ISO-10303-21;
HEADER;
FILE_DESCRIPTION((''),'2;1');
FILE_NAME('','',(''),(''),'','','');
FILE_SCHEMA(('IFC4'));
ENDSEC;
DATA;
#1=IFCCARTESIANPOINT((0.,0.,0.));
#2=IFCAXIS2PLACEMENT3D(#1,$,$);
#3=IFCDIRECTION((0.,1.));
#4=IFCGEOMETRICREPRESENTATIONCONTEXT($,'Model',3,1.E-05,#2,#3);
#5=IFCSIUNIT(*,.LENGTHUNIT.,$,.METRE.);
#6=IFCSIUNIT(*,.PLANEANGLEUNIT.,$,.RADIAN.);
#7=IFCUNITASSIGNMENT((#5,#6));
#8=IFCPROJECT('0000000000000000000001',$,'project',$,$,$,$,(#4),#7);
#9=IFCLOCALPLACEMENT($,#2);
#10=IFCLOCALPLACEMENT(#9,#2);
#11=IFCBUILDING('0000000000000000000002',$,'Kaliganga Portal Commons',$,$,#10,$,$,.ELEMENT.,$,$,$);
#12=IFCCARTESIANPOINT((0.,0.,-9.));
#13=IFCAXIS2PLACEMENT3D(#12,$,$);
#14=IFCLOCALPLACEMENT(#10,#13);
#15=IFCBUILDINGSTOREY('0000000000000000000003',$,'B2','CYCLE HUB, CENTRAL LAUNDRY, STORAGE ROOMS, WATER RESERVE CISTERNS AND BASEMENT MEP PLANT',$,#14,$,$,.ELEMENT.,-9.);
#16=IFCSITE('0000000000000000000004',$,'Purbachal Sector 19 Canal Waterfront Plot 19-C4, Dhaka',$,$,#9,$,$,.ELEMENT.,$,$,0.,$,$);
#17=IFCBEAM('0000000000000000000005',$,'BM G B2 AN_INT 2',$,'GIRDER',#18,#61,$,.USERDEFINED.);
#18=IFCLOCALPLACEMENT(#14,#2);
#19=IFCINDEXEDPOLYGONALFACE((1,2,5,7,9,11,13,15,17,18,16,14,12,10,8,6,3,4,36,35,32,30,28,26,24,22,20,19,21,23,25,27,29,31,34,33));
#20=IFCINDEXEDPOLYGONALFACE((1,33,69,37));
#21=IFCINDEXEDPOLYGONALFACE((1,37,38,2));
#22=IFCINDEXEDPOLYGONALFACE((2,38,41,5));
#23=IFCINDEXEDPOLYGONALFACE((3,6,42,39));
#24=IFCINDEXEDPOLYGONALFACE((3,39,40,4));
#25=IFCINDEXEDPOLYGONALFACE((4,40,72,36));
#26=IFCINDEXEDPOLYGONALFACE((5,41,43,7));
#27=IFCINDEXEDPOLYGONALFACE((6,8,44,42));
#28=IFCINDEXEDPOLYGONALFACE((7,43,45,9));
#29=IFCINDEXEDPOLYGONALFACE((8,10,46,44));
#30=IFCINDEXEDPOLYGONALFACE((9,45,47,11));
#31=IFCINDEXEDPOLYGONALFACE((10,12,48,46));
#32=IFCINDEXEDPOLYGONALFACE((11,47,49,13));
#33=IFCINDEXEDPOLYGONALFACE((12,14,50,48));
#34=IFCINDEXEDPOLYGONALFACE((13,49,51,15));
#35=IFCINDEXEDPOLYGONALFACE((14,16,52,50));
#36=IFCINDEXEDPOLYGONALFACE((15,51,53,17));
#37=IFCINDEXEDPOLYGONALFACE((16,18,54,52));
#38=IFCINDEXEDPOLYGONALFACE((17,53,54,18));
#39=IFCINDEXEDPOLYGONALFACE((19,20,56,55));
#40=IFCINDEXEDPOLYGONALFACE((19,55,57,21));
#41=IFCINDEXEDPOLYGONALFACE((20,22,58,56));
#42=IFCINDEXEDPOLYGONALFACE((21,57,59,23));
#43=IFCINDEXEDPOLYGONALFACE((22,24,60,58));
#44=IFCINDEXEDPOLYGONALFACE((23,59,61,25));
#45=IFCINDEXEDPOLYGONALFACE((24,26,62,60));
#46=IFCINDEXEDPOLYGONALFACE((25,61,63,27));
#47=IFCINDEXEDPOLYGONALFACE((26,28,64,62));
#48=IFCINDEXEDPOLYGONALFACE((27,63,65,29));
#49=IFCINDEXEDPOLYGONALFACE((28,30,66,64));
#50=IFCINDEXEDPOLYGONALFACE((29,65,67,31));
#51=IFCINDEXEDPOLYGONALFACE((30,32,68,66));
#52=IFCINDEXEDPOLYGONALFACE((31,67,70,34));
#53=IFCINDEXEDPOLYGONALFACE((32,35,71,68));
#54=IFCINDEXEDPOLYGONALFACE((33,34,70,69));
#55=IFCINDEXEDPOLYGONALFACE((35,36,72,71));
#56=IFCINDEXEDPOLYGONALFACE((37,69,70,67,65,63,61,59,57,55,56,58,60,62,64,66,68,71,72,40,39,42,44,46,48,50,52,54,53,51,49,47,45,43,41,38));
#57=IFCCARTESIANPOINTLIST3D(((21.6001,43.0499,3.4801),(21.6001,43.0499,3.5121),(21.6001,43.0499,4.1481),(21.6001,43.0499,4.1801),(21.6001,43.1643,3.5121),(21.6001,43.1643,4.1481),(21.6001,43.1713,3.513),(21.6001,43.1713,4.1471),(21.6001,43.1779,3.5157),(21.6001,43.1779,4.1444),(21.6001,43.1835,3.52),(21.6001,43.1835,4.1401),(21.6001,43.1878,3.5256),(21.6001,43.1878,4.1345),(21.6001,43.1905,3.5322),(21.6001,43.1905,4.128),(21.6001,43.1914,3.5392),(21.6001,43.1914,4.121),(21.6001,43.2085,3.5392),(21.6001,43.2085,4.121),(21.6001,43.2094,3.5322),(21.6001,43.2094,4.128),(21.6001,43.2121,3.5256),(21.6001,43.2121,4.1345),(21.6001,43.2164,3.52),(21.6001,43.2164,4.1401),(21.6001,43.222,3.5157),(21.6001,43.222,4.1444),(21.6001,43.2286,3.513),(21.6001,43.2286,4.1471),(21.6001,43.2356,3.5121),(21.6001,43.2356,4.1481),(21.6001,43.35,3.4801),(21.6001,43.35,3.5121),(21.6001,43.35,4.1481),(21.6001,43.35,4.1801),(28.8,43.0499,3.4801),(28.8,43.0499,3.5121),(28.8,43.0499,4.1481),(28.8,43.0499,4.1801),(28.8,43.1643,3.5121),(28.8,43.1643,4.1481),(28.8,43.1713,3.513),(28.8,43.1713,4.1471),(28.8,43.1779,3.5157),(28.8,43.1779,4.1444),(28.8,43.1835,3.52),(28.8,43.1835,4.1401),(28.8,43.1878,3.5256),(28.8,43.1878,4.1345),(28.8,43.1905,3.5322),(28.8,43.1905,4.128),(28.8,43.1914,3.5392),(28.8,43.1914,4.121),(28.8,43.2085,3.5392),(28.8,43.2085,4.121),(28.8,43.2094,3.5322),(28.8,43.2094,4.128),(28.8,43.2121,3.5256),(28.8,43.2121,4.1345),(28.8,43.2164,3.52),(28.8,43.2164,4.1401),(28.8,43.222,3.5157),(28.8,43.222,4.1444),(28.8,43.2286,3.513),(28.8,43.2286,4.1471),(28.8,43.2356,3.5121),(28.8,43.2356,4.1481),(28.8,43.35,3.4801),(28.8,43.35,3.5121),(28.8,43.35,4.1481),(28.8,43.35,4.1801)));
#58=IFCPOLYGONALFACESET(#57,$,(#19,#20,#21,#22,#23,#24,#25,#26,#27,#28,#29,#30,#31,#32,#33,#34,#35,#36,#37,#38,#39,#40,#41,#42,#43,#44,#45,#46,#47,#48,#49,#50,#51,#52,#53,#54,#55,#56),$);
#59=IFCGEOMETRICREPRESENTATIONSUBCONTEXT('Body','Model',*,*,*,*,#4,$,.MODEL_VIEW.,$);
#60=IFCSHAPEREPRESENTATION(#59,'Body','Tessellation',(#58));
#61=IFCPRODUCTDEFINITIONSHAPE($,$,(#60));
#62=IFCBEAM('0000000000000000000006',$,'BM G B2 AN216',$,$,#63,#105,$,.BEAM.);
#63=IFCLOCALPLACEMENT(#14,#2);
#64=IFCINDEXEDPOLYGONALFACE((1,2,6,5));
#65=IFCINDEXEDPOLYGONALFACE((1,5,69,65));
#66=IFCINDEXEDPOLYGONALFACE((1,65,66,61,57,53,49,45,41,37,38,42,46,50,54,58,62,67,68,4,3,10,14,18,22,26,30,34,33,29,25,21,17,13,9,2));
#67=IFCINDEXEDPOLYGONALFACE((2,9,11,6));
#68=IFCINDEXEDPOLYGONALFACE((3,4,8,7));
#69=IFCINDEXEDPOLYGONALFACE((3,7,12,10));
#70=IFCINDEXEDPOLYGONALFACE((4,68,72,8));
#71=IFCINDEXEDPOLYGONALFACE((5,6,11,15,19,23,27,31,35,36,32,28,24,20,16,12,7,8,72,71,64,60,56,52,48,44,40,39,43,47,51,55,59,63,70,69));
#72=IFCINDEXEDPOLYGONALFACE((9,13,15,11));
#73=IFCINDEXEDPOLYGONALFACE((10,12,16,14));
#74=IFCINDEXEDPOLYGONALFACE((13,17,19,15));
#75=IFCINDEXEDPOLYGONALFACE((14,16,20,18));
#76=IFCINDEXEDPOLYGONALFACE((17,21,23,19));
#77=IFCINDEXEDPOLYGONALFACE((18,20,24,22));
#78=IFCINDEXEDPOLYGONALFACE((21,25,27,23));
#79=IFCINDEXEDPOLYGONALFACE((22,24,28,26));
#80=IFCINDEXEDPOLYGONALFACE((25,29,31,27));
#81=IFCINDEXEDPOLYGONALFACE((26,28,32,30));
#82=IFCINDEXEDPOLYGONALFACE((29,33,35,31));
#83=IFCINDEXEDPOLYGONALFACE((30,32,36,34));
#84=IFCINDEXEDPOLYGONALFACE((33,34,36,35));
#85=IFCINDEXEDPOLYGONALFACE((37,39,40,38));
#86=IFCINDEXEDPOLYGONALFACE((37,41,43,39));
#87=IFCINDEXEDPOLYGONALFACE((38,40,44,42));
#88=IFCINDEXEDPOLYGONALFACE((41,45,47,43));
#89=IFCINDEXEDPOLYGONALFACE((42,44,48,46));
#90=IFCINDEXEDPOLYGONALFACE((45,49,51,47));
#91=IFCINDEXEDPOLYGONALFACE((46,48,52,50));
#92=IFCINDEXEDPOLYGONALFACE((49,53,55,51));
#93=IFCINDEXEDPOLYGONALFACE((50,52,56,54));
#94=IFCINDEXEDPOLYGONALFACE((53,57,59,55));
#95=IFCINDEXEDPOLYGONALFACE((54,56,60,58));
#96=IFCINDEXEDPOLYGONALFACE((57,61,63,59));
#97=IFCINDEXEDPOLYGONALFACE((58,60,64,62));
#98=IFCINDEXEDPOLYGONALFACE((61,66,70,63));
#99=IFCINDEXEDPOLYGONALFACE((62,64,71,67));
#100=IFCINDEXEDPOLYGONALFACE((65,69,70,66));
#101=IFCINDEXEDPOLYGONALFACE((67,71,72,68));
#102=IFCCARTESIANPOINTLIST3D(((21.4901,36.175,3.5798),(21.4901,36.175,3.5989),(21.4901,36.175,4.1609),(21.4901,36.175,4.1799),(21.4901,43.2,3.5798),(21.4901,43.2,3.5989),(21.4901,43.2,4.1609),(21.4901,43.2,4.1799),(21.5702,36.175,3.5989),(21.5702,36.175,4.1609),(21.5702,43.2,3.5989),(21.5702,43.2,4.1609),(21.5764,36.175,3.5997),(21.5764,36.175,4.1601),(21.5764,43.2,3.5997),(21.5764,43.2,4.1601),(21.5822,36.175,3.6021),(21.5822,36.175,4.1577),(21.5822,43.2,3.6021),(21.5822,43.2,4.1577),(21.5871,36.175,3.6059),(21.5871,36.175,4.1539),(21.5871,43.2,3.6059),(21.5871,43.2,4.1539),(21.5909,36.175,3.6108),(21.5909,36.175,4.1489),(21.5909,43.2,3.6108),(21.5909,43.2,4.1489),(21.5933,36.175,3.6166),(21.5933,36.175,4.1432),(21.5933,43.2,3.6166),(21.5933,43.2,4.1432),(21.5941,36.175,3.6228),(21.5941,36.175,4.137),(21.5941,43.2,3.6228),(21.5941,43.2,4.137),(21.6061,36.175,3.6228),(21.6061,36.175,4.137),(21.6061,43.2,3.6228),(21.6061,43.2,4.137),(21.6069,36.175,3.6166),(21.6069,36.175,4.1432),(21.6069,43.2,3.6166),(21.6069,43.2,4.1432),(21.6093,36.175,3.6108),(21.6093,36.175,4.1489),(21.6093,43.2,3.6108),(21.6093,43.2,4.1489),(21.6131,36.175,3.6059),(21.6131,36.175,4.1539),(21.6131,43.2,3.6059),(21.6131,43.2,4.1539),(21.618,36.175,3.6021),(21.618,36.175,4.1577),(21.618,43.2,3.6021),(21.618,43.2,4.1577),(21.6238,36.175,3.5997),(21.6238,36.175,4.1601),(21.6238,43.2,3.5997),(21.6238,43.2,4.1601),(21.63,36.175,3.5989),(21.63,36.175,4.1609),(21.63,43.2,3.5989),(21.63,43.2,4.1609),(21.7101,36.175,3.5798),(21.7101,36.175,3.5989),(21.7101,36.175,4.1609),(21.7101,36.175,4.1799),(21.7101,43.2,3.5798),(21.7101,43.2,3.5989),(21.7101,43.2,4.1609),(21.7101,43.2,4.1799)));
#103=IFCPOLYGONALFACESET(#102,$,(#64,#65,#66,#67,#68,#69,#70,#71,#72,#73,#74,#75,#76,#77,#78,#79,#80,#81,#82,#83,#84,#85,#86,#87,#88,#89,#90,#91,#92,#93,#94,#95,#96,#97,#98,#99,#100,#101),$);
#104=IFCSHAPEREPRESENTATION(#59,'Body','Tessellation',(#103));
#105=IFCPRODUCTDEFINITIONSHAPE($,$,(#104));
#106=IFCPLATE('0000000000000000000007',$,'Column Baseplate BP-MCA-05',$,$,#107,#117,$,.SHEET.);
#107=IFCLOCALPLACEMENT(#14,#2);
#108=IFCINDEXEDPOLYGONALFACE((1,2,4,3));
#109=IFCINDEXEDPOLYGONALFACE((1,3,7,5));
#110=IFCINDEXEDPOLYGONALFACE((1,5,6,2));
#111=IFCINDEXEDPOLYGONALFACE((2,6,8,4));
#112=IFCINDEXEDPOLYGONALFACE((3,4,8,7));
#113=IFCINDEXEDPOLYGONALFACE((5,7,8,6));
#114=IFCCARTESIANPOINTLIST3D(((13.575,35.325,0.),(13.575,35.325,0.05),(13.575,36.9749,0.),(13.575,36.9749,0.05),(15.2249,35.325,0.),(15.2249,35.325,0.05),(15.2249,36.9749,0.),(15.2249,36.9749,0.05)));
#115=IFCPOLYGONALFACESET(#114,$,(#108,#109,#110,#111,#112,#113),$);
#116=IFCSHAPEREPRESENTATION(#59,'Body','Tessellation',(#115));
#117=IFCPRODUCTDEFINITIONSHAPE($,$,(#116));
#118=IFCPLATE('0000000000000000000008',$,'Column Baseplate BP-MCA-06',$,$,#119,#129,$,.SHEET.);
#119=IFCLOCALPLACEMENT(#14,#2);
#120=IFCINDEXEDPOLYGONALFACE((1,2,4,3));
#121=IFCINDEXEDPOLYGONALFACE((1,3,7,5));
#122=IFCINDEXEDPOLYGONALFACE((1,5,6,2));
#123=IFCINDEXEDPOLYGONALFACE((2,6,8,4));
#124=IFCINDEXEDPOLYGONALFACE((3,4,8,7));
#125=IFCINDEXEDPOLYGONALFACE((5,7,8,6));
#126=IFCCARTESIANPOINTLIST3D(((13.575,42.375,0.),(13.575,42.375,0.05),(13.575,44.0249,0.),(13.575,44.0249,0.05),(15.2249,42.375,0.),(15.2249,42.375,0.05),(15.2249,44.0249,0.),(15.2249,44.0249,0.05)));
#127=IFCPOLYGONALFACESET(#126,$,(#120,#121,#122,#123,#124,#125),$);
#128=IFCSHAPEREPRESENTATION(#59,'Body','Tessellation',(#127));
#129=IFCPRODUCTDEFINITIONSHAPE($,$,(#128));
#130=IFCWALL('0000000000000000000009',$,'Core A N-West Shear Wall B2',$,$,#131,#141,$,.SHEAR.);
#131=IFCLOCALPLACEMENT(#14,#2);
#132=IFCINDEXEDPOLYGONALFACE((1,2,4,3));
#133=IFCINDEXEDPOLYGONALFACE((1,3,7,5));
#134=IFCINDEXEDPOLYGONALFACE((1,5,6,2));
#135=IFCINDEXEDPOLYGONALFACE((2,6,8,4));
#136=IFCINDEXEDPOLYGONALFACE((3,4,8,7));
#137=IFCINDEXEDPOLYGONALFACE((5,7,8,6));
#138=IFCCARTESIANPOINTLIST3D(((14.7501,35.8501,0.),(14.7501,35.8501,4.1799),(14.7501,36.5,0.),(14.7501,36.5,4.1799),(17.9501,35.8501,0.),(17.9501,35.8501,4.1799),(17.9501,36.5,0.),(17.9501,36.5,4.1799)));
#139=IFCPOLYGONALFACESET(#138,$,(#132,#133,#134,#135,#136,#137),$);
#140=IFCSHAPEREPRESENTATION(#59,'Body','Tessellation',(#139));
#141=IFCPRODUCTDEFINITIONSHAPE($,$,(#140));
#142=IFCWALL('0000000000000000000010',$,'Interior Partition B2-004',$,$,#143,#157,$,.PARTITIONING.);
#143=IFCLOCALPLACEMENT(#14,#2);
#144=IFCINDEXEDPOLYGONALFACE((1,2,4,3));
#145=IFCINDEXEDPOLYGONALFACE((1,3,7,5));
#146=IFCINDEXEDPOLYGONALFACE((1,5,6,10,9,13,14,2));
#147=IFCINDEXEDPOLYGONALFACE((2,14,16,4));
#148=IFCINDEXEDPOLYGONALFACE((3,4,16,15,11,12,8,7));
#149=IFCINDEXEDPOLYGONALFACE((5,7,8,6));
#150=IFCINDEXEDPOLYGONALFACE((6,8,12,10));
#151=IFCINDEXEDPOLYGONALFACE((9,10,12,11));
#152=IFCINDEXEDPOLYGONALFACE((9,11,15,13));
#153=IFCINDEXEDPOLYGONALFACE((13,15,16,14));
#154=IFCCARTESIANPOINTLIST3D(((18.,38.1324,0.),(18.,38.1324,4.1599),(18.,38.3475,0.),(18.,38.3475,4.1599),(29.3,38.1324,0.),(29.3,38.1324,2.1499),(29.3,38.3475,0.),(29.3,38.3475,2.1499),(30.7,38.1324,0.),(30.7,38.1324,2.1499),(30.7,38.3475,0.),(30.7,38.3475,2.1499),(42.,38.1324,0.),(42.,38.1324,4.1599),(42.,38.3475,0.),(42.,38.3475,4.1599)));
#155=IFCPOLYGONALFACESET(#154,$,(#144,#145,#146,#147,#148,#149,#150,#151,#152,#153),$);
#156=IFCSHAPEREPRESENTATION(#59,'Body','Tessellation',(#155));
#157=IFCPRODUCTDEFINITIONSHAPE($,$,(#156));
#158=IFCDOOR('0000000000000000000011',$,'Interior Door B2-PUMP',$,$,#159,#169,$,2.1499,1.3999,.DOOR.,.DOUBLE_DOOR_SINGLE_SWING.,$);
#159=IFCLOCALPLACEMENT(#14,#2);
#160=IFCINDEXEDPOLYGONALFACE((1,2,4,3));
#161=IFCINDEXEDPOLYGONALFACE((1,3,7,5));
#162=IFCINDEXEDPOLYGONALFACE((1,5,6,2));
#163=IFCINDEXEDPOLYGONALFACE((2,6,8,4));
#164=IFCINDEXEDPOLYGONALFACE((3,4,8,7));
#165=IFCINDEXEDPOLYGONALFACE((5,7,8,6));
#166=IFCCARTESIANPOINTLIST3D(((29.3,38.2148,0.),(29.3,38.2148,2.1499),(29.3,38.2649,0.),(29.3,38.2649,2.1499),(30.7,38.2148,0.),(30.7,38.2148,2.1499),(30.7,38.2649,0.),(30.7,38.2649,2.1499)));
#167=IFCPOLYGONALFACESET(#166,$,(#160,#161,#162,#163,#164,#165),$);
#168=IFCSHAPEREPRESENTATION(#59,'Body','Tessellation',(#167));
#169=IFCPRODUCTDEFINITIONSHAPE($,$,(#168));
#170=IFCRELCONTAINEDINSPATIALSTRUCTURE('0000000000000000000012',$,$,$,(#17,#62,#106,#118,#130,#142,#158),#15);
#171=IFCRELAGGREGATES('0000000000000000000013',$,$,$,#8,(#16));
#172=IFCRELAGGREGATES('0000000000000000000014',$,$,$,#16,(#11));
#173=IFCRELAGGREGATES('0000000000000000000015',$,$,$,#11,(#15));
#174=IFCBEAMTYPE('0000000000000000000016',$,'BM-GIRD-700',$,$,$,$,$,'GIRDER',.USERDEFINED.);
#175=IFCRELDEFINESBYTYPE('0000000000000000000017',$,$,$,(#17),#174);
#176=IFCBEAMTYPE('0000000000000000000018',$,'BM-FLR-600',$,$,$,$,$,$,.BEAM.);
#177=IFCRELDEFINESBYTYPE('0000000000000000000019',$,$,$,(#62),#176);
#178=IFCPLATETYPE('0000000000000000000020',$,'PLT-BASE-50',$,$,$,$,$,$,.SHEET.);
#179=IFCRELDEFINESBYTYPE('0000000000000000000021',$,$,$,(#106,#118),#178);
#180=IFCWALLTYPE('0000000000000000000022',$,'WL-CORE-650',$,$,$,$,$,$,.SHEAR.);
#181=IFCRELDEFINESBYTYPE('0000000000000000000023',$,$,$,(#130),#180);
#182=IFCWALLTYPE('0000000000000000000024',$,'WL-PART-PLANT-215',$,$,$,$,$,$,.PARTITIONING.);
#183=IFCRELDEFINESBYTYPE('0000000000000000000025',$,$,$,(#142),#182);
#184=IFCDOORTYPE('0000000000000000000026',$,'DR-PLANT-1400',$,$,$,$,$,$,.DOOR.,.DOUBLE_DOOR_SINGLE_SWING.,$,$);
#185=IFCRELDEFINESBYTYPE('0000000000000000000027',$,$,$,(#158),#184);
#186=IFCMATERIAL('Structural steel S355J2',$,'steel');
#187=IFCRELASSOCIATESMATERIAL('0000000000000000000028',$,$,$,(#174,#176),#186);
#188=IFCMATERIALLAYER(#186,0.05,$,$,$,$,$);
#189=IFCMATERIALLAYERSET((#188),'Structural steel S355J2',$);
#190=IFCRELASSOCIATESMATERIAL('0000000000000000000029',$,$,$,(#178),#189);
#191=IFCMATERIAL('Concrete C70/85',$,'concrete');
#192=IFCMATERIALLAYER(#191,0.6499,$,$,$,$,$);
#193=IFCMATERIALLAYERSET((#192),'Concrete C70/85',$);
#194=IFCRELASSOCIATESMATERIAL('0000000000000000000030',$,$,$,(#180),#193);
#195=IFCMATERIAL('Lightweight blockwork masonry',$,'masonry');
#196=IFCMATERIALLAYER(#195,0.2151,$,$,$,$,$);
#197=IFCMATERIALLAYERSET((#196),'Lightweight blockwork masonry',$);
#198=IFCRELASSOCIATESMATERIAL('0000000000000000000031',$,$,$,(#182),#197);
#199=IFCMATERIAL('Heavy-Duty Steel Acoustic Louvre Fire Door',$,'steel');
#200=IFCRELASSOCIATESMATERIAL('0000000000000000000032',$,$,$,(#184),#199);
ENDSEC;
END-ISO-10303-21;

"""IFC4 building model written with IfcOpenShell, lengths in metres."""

from ifc_helpers import new_model, si_unit, direction, frame, frame_2d, origin, origin_2d, place, context, subcontext, project, spatial, rectangle, i_section, extrude, source, transform, mapped, material, layer, layer_set, material_profile, profile_set, type_object, element, fill, save


model = new_model("IFC4")

# Units and contexts
model_context = context("Model", 3, precision=1e-05, world=origin(), true_north=direction((0.0, 1.0)))
body_context = subcontext(model_context, "Body", "Model", "MODEL_VIEW")
ifc_project = project(units=[si_unit("LENGTHUNIT", "METRE"), si_unit("PLANEANGLEUNIT", "RADIAN")], contexts=[model_context])

# Site, building, storey
site_placement = place(None, origin())
site = spatial("IfcSite", under=ifc_project, at=site_placement, Name="Purbachal Sector 19 Canal Waterfront Plot 19-C4, Dhaka", CompositionType="ELEMENT", RefElevation=0.0)
building_placement = place(site_placement, origin())
building = spatial("IfcBuilding", under=site, at=building_placement, Name="Kaliganga Portal Commons", CompositionType="ELEMENT")
storey_placement = place(building_placement, frame((0.0, 0.0, -9.0)))
storey = spatial("IfcBuildingStorey", under=building, at=storey_placement, Name="B2", Description="CYCLE HUB, CENTRAL LAUNDRY, STORAGE ROOMS, WATER RESERVE CISTERNS AND BASEMENT MEP PLANT", CompositionType="ELEMENT", Elevation=-9.0)

# Shared definitions
ifc_material_1 = material(Name="Concrete C70/85", Category="concrete")

# Beams
ifc_material_2 = material(Name="Structural steel S355J2", Category="steel")
ifc_material_profile_1 = material_profile(ifc_material_2, i_section(OverallWidth=0.3, OverallDepth=0.7, WebThickness=0.0171, FlangeThickness=0.032, FilletRadius=0.0271, at=origin_2d()), Name="HE 700 B")
ifc_profile_set_1 = profile_set([ifc_material_profile_1], Name="Structural steel S355J2 wide-flange")
beam_type_1 = type_object("IfcBeamType", Name="BM-GIRD-700", ElementType="GIRDER", PredefinedType="USERDEFINED", material=ifc_profile_set_1)
shared_shape_1 = source(origin(), body_context, "Body", "SweptSolid", [
    extrude(i_section(OverallWidth=0.3, OverallDepth=0.7, WebThickness=0.0171, FlangeThickness=0.032, FilletRadius=0.0271, at=origin_2d()), origin(), (0.0, 0.0, 1.0), 7.2),
])
beam_1_placement = place(storey_placement, frame((21.6001, 43.2, 3.8301), z_axis=(1.0, 0.0, 0.0), x_axis=(0.0, 1.0, 0.0)))
element("IfcBeam", 1, at=beam_1_placement, inside=storey, type_object=beam_type_1, Name="BM G B2 AN_INT 2", ObjectType="GIRDER", PredefinedType="USERDEFINED", context=body_context, shape_type="MappedRepresentation", body=[
    mapped(shared_shape_1, transform((0.0, 0.0, 0.0), x_axis=(1.0, 0.0, 0.0), y_axis=(0.0, 1.0, 0.0), z_axis=(0.0, 0.0, 1.0), scale=1.0)),
])
ifc_material_profile_2 = material_profile(ifc_material_2, i_section(OverallWidth=0.22, OverallDepth=0.6001, WebThickness=0.012, FlangeThickness=0.019, FilletRadius=0.0239, at=origin_2d()), Name="IPE 600")
ifc_profile_set_2 = profile_set([ifc_material_profile_2], Name="Structural steel S355J2 wide-flange")
beam_type_2 = type_object("IfcBeamType", Name="BM-FLR-600", PredefinedType="BEAM", material=ifc_profile_set_2)
shared_shape_2 = source(origin(), body_context, "Body", "SweptSolid", [
    extrude(i_section(OverallWidth=0.22, OverallDepth=0.6001, WebThickness=0.012, FlangeThickness=0.019, FilletRadius=0.0239, at=origin_2d()), origin(), (0.0, 0.0, 1.0), 7.0249),
])
beam_2_placement = place(storey_placement, frame((21.6001, 36.175, 3.8799), z_axis=(0.0, 1.0, 0.0), x_axis=(-1.0, 0.0, 0.0)))
element("IfcBeam", 2, at=beam_2_placement, inside=storey, type_object=beam_type_2, Name="BM G B2 AN216", PredefinedType="BEAM", context=body_context, shape_type="MappedRepresentation", body=[
    mapped(shared_shape_2, transform((0.0, 0.0, 0.0), x_axis=(1.0, 0.0, 0.0), y_axis=(0.0, 1.0, 0.0), z_axis=(0.0, 0.0, 1.0), scale=1.0)),
])

# Plates
ifc_layer_1 = layer(ifc_material_2, 0.05)
ifc_layer_set_1 = layer_set([ifc_layer_1], Name="Structural steel S355J2")
plate_type = type_object("IfcPlateType", Name="PLT-BASE-50", PredefinedType="SHEET", material=ifc_layer_set_1)
shared_shape_3 = source(origin(), body_context, "Body", "SweptSolid", [
    extrude(rectangle(XDim=1.6499, YDim=1.6499, at=origin_2d()), origin(), (0.0, 0.0, 1.0), 0.05),
])
for number, where, z_axis, x_axis, name in (
    (3, (14.3999, 36.1499, 0.0), (0.0, 0.0, 1.0), (1.0, 0.0, 0.0), "Column Baseplate BP-MCA-05"),
    (4, (14.3999, 43.2, 0.0), (0.0, 0.0, 1.0), (1.0, 0.0, 0.0), "Column Baseplate BP-MCA-06"),
):
    element("IfcPlate", number, at=place(storey_placement, frame(where, z_axis=z_axis, x_axis=x_axis)), inside=storey, type_object=plate_type, Name=name, PredefinedType="SHEET", context=body_context, shape_type="MappedRepresentation", body=[
        mapped(shared_shape_3, transform((0.0, 0.0, 0.0), x_axis=(1.0, 0.0, 0.0), y_axis=(0.0, 1.0, 0.0), z_axis=(0.0, 0.0, 1.0), scale=1.0)),
    ])

# Wall
ifc_layer_2 = layer(ifc_material_1, 0.6499)
ifc_layer_set_2 = layer_set([ifc_layer_2], Name="Concrete C70/85")
wall_type_1 = type_object("IfcWallType", Name="WL-CORE-650", PredefinedType="SHEAR", material=ifc_layer_set_2)
wall_1_placement = place(storey_placement, frame((14.75, 36.175, 0.0), z_axis=(0.0, 0.0, 1.0), x_axis=(1.0, 0.0, 0.0)))
element("IfcWall", 5, at=wall_1_placement, inside=storey, type_object=wall_type_1, Name="Core A N-West Shear Wall B2", PredefinedType="SHEAR", context=body_context, shape_type="SweptSolid", body=[
    extrude(rectangle(XDim=3.2, YDim=0.6499, at=frame_2d((1.6001, 0.0))), origin(), (0.0, 0.0, 1.0), 4.1799),
])

# Wall, opening, door
ifc_material_3 = material(Name="Lightweight blockwork masonry", Category="masonry")
ifc_layer_3 = layer(ifc_material_3, 0.2151)
ifc_layer_set_3 = layer_set([ifc_layer_3], Name="Lightweight blockwork masonry")
wall_type_2 = type_object("IfcWallType", Name="WL-PART-PLANT-215", PredefinedType="PARTITIONING", material=ifc_layer_set_3)
wall_2_placement = place(storey_placement, frame((18.0, 38.24, 0.0), z_axis=(0.0, 0.0, 1.0), x_axis=(1.0, 0.0, 0.0)))
wall_2 = element("IfcWall", 6, at=wall_2_placement, inside=storey, type_object=wall_type_2, Name="Interior Partition B2-004", PredefinedType="PARTITIONING", context=body_context, shape_type="SweptSolid", body=[
    extrude(rectangle(XDim=24.0, YDim=0.2151, at=frame_2d((12.0, 0.0))), origin(), (0.0, 0.0, 1.0), 4.1599),
])
opening_1_placement = place(wall_2_placement, frame((11.3, 0.0, 0.0)))
opening_1 = element("IfcOpeningElement", 7, at=opening_1_placement, cuts=wall_2, PredefinedType="OPENING", context=body_context, shape_type="SweptSolid", body=[
    extrude(rectangle(XDim=1.3999, YDim=2.1499, at=frame_2d((0.7, 1.075))), frame((0.0, 0.1177, 0.0), z_axis=(0.0, -1.0, 0.0), x_axis=(1.0, 0.0, 0.0)), (0.0, 0.0, 1.0), 0.2351),
])
ifc_material_4 = material(Name="Heavy-Duty Steel Acoustic Louvre Fire Door", Category="steel")
door_type_1 = type_object("IfcDoorType", Name="DR-PLANT-1400", OperationType="DOUBLE_DOOR_SINGLE_SWING", PredefinedType="DOOR", material=ifc_material_4)
door_1_placement = place(opening_1_placement, origin())
door_1 = element("IfcDoor", 8, at=door_1_placement, inside=storey, type_object=door_type_1, Name="Interior Door B2-PUMP", OperationType="DOUBLE_DOOR_SINGLE_SWING", OverallHeight=2.1499, OverallWidth=1.3999, PredefinedType="DOOR", context=body_context, shape_type="SweptSolid", body=[
    extrude(rectangle(XDim=1.3999, YDim=2.1499, at=frame_2d((0.7, 1.075))), frame((0.0, 0.0249, 0.0), z_axis=(0.0, -1.0, 0.0), x_axis=(1.0, 0.0, 0.0)), (0.0, 0.0, 1.0), 0.05),
])
fill(opening_1, door_1)

save(model, "model.ifc")
